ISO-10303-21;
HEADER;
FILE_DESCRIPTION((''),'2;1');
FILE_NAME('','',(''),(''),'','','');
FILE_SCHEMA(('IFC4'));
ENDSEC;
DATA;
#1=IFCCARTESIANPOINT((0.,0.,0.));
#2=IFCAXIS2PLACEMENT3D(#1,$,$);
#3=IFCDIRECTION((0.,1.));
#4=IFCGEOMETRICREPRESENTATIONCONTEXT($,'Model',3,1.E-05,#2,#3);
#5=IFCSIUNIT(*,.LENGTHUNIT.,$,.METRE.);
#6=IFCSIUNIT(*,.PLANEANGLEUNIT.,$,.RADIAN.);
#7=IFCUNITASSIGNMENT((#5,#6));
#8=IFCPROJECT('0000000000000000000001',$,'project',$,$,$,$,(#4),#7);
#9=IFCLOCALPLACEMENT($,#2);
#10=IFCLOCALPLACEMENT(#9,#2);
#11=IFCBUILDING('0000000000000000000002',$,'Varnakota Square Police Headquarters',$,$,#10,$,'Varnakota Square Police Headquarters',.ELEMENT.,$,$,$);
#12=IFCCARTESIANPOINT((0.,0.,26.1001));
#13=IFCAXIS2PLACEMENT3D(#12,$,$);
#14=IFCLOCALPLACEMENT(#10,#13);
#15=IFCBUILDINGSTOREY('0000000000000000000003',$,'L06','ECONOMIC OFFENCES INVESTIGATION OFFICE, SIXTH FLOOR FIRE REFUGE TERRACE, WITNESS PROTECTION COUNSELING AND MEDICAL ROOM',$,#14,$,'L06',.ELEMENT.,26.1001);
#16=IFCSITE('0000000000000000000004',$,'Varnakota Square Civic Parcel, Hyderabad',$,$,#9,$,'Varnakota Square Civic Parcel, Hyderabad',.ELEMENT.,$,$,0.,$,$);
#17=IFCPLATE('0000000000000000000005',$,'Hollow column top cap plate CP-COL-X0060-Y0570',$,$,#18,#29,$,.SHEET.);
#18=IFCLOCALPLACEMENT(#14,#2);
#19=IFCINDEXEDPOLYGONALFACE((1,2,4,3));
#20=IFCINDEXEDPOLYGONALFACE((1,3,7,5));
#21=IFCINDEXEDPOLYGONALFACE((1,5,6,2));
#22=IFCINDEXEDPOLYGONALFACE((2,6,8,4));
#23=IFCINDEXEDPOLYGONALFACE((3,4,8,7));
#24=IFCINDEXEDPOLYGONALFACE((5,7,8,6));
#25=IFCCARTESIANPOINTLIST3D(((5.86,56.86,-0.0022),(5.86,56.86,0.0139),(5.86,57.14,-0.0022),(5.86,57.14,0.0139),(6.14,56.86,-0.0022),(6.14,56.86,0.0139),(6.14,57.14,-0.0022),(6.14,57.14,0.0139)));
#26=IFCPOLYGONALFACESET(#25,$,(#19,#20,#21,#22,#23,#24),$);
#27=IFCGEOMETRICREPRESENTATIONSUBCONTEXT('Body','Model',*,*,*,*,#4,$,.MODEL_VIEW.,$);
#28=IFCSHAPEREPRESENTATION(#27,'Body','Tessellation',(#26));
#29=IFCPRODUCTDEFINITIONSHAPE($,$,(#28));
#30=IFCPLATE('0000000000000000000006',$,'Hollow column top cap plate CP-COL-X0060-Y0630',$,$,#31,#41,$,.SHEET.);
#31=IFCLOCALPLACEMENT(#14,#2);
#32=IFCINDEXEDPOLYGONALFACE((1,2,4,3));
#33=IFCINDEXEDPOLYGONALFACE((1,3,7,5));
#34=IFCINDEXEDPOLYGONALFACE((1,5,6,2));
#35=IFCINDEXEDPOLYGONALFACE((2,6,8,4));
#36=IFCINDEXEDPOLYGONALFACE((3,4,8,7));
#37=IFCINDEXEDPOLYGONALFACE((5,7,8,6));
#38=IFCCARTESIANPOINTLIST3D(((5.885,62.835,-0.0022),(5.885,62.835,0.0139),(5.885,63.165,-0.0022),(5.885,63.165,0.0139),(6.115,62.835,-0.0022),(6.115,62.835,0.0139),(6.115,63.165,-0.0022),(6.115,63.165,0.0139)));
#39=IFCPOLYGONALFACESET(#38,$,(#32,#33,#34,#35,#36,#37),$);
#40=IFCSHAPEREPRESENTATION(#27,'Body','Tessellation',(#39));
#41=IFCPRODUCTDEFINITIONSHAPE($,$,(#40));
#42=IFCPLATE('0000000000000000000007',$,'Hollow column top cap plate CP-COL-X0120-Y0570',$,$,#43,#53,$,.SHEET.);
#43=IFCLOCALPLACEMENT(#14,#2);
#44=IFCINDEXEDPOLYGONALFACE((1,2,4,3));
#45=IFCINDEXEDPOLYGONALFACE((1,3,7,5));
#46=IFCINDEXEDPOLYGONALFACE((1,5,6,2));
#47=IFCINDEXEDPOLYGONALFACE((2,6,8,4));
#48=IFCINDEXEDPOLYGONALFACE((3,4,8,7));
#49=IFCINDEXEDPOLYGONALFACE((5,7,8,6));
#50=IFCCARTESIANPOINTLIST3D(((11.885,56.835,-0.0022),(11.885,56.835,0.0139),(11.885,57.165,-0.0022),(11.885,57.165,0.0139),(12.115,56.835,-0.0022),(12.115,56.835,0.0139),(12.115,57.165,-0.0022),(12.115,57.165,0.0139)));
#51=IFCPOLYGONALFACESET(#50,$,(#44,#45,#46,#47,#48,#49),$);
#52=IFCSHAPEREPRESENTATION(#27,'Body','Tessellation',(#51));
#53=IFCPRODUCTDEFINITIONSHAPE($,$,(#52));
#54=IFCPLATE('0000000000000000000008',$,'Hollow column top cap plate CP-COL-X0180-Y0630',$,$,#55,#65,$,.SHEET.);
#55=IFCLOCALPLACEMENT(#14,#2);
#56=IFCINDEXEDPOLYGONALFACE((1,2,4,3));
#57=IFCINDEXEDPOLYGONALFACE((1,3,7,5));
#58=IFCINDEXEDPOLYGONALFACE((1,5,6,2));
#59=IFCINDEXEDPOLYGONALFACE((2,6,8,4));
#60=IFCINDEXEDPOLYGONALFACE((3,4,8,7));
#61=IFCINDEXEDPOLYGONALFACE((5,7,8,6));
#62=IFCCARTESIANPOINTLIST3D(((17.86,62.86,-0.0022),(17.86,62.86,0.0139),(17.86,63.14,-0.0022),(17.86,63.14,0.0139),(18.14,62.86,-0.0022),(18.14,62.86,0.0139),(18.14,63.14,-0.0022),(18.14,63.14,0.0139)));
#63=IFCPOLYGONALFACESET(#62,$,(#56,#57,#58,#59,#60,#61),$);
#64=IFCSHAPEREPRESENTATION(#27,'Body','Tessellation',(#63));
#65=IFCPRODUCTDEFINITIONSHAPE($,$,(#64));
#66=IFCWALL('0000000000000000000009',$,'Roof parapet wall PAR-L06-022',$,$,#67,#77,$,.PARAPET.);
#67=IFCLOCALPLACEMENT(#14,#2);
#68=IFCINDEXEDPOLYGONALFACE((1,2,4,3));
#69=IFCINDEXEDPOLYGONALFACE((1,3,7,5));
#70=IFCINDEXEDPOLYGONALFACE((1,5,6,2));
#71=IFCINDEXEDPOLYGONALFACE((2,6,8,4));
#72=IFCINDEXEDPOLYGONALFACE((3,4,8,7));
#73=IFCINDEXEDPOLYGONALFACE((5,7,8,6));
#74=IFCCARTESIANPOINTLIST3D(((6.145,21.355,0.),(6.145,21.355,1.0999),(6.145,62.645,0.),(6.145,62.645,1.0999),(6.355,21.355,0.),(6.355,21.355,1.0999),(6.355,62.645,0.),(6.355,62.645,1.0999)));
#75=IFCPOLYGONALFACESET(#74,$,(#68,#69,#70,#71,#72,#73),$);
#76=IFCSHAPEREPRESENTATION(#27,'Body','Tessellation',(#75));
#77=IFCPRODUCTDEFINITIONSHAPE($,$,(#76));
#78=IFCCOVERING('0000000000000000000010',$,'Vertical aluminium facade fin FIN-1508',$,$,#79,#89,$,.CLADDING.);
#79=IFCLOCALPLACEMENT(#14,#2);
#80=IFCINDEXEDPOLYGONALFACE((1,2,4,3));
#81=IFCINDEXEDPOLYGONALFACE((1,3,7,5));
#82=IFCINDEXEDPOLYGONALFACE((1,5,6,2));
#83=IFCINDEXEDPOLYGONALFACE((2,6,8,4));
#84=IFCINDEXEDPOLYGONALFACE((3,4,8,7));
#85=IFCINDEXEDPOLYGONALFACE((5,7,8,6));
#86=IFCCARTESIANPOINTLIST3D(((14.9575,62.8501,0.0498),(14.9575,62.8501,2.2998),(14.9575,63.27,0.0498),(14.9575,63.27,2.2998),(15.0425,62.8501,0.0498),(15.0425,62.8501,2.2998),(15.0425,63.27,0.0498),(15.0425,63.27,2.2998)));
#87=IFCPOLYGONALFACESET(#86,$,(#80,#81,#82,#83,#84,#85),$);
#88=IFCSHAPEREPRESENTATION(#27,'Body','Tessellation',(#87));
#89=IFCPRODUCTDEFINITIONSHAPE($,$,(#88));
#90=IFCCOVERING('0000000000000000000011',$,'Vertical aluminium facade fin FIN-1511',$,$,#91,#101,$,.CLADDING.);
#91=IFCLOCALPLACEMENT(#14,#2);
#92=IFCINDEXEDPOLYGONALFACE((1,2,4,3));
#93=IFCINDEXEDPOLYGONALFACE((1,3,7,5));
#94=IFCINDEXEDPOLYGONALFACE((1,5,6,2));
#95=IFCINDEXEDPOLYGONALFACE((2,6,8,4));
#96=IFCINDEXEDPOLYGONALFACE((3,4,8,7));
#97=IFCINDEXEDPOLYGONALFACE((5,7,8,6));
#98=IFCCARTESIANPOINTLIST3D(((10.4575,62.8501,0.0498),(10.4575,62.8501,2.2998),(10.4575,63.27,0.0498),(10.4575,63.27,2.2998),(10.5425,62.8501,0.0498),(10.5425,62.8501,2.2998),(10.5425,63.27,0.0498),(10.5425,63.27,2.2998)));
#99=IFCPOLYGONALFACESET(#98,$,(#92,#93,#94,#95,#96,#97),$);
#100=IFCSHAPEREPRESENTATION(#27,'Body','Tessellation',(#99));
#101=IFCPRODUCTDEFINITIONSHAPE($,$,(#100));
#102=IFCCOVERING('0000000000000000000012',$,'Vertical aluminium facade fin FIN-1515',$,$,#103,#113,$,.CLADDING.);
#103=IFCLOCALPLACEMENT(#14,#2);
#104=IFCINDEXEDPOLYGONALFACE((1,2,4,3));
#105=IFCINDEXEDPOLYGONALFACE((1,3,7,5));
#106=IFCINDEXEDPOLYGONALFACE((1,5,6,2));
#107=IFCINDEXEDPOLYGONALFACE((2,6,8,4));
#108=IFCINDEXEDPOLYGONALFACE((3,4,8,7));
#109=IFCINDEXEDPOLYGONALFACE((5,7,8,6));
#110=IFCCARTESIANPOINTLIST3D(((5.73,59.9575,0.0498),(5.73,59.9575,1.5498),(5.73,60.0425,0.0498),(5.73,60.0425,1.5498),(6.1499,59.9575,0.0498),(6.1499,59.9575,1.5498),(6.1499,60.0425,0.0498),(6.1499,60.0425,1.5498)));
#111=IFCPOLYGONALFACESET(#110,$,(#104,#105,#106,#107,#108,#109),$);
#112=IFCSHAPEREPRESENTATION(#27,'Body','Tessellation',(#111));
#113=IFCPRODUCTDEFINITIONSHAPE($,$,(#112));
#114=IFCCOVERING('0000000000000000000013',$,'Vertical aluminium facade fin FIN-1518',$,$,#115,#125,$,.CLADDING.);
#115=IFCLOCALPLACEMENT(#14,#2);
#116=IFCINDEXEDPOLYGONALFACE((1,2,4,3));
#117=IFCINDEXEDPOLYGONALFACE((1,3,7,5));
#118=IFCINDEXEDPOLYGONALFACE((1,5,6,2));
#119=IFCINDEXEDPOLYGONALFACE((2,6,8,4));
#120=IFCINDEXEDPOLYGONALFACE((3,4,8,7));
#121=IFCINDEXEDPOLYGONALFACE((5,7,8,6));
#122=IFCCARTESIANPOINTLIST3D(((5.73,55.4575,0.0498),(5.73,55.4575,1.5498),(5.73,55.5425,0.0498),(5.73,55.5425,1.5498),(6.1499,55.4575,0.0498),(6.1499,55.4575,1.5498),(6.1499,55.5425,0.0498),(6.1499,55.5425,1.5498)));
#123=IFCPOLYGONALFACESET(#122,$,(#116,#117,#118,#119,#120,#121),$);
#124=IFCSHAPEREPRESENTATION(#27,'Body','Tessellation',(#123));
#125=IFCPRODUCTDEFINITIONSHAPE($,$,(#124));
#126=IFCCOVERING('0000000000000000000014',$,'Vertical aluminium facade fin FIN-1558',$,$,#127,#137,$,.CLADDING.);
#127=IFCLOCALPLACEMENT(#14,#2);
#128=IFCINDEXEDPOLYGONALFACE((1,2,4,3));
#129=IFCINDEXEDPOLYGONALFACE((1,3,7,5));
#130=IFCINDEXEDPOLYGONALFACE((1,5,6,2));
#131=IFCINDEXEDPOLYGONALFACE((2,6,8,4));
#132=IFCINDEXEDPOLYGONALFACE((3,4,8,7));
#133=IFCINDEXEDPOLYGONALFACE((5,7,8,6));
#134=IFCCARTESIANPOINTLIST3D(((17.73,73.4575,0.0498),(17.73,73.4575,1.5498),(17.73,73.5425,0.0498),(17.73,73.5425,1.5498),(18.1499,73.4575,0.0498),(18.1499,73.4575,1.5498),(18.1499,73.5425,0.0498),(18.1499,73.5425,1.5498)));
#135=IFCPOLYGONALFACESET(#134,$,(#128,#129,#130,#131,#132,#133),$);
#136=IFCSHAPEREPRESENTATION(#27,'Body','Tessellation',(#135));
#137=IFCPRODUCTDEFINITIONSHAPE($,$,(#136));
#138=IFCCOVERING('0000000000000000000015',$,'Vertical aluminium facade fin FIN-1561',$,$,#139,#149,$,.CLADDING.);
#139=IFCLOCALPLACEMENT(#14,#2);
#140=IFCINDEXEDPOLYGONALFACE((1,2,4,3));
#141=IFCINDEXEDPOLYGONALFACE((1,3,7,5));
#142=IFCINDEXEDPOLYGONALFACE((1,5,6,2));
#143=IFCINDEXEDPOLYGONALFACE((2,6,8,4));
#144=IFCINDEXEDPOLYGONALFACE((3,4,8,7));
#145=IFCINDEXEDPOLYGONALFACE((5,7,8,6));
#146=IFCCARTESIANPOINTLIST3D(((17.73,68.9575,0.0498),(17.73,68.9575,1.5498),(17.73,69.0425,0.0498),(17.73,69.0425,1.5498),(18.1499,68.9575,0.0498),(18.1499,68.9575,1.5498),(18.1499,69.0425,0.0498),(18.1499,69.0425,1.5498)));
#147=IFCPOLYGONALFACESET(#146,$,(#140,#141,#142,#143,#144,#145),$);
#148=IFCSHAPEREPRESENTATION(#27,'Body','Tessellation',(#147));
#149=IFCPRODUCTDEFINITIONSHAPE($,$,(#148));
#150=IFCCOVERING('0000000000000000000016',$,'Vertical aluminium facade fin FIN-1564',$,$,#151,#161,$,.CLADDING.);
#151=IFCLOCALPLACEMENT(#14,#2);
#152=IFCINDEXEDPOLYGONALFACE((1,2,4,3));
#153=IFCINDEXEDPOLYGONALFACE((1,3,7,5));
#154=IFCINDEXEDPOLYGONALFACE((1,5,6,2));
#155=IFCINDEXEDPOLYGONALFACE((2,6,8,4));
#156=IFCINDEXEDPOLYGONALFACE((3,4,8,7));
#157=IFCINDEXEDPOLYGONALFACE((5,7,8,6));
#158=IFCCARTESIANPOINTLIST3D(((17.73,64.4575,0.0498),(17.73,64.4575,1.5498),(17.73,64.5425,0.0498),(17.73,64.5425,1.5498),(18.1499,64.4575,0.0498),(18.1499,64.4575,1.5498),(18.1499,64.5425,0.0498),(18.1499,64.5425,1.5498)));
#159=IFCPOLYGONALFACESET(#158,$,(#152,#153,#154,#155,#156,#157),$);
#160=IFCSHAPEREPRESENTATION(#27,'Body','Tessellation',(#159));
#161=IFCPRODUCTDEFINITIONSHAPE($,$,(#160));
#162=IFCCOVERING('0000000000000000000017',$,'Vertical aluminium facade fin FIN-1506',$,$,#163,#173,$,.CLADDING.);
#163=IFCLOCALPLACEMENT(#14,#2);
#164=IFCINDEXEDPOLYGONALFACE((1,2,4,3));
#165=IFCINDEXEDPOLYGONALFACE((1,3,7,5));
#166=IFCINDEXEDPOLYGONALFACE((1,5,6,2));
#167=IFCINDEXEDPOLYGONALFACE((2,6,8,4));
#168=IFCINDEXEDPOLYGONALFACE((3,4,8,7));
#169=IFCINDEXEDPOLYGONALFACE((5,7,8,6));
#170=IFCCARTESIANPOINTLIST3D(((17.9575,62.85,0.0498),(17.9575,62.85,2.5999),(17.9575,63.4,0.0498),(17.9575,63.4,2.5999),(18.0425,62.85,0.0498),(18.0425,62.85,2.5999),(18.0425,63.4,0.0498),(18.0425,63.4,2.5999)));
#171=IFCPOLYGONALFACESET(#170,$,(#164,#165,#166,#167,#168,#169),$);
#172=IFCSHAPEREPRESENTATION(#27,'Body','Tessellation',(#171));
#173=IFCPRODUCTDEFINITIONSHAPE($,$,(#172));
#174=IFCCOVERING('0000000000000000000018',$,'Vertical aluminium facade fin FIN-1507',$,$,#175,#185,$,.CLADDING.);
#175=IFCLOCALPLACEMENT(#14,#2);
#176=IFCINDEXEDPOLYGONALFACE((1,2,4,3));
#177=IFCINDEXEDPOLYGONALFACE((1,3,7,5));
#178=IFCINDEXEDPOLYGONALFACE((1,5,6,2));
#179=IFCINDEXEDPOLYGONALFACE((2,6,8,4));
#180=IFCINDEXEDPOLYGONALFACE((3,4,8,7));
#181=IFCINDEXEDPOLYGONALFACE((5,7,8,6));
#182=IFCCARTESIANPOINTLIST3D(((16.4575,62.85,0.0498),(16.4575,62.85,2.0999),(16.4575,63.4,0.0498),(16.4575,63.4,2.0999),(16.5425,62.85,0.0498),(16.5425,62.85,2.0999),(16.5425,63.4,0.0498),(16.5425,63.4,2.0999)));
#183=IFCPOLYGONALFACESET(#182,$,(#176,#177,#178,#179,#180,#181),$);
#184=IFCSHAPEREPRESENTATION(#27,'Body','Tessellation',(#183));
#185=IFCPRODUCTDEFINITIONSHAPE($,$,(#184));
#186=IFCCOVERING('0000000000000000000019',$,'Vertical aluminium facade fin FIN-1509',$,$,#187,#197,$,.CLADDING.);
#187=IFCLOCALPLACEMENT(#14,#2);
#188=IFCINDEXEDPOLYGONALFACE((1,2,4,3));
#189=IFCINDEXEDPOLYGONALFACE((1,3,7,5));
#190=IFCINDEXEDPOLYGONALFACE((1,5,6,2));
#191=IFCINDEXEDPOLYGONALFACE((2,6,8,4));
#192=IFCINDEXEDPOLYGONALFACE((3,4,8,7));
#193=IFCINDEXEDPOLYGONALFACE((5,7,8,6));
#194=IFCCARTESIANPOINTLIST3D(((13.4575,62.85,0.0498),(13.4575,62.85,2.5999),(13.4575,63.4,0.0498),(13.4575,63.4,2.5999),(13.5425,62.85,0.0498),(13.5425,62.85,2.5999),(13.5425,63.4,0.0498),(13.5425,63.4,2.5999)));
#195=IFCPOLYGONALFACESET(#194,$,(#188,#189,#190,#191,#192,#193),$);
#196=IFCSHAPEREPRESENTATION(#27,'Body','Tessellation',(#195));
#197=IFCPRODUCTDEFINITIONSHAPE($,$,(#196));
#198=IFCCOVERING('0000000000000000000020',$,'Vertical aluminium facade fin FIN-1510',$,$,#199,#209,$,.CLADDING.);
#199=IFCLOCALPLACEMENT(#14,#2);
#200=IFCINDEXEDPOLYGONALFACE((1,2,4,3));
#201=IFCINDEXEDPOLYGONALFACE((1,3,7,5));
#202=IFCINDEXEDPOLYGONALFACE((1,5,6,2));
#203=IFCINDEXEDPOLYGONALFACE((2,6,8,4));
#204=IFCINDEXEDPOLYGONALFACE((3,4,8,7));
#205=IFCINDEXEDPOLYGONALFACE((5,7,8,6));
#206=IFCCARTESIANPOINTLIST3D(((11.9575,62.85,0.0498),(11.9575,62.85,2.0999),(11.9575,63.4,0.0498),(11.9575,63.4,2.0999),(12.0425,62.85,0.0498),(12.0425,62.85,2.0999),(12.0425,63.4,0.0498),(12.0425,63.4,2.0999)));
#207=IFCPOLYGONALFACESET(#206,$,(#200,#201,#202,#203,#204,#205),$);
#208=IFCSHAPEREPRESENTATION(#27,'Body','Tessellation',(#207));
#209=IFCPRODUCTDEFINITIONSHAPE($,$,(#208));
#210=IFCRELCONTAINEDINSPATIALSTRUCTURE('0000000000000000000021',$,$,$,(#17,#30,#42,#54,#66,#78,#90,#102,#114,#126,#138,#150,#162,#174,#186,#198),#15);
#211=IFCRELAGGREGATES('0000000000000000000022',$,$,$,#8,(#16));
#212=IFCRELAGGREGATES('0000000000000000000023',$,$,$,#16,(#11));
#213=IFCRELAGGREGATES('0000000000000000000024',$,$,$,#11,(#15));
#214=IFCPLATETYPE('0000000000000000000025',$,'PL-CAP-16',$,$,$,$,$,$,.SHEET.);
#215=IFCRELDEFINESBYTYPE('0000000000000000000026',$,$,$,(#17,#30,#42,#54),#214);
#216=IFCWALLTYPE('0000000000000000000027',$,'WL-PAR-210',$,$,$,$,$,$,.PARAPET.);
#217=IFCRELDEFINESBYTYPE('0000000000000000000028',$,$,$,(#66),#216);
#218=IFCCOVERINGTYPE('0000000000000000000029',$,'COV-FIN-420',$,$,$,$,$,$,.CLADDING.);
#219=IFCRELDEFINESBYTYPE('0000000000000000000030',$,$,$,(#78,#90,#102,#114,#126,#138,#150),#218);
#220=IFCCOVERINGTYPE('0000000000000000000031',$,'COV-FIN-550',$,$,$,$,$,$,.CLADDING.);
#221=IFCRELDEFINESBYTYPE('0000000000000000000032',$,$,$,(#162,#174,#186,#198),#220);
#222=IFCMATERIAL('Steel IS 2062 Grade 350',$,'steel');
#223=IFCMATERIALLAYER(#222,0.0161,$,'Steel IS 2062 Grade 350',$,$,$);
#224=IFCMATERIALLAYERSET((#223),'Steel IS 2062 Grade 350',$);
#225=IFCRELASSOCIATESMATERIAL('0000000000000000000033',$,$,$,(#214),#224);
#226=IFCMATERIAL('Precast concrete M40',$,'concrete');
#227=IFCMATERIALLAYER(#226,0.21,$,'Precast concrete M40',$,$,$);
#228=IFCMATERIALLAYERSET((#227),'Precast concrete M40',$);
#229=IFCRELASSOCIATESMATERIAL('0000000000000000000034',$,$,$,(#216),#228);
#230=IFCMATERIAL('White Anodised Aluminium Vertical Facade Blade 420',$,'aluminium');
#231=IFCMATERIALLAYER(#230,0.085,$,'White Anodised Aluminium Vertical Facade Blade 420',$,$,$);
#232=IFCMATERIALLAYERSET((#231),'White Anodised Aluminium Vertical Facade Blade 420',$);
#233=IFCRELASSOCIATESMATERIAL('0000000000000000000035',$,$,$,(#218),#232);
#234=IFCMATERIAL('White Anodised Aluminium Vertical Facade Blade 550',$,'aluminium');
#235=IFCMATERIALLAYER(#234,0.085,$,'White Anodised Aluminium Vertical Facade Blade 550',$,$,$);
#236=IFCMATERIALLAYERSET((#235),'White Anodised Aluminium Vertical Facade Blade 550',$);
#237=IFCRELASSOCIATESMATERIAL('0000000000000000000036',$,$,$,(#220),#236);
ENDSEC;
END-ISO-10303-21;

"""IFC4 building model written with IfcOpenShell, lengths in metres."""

from ifc_helpers import new_model, si_unit, direction, frame, frame_2d, origin, origin_2d, place, context, subcontext, project, spatial, rectangle, extrude, material, layer, layer_set, type_object, element, save


model = new_model("IFC4")

# Units and contexts
model_context = context("Model", 3, precision=1e-05, world=origin(), true_north=direction((0.0, 1.0)))
body_context = subcontext(model_context, "Body", "Model", "MODEL_VIEW")
ifc_project = project(units=[si_unit("LENGTHUNIT", "METRE"), si_unit("PLANEANGLEUNIT", "RADIAN")], contexts=[model_context])

# Site, building, storey
site_placement = place(None, origin())
site = spatial("IfcSite", under=ifc_project, at=site_placement, Name="Varnakota Square Civic Parcel, Hyderabad", LongName="Varnakota Square Civic Parcel, Hyderabad", CompositionType="ELEMENT", RefElevation=0.0)
building_placement = place(site_placement, origin())
building = spatial("IfcBuilding", under=site, at=building_placement, Name="Varnakota Square Police Headquarters", LongName="Varnakota Square Police Headquarters", CompositionType="ELEMENT")
storey_placement = place(building_placement, frame((0.0, 0.0, 26.1001)))
storey = spatial("IfcBuildingStorey", under=building, at=storey_placement, Name="L06", Description="ECONOMIC OFFENCES INVESTIGATION OFFICE, SIXTH FLOOR FIRE REFUGE TERRACE, WITNESS PROTECTION COUNSELING AND MEDICAL ROOM", LongName="L06", CompositionType="ELEMENT", Elevation=26.1001)

# Plates
ifc_material_1 = material(Name="Steel IS 2062 Grade 350", Category="steel")
ifc_layer_1 = layer(ifc_material_1, 0.0161, Name="Steel IS 2062 Grade 350")
ifc_layer_set_1 = layer_set([ifc_layer_1], Name="Steel IS 2062 Grade 350")
plate_type = type_object("IfcPlateType", Name="PL-CAP-16", PredefinedType="SHEET", material=ifc_layer_set_1)
plate_1_placement = place(storey_placement, frame((6.0, 57.0, -0.0022), z_axis=(0.0, 0.0, 1.0), x_axis=(1.0, 0.0, 0.0)))
element("IfcPlate", 1, at=plate_1_placement, inside=storey, type_object=plate_type, Name="Hollow column top cap plate CP-COL-X0060-Y0570", PredefinedType="SHEET", context=body_context, shape_type="SweptSolid", body=[
    extrude(rectangle(XDim=0.28, YDim=0.28, at=origin_2d()), origin(), (0.0, 0.0, 1.0), 0.0161),
])
for number, where, z_axis, x_axis, name in (
    (2, (6.0, 63.0, -0.0022), (0.0, 0.0, 1.0), (1.0, 0.0, 0.0), "Hollow column top cap plate CP-COL-X0060-Y0630"),
    (3, (12.0, 57.0, -0.0022), (0.0, 0.0, 1.0), (1.0, 0.0, 0.0), "Hollow column top cap plate CP-COL-X0120-Y0570"),
):
    element("IfcPlate", number, at=place(storey_placement, frame(where, z_axis=z_axis, x_axis=x_axis)), inside=storey, type_object=plate_type, Name=name, PredefinedType="SHEET", context=body_context, shape_type="SweptSolid", body=[
        extrude(rectangle(XDim=0.23, YDim=0.3301, at=origin_2d()), origin(), (0.0, 0.0, 1.0), 0.0161),
    ])
plate_2_placement = place(storey_placement, frame((18.0, 63.0, -0.0022), z_axis=(0.0, 0.0, 1.0), x_axis=(1.0, 0.0, 0.0)))
element("IfcPlate", 4, at=plate_2_placement, inside=storey, type_object=plate_type, Name="Hollow column top cap plate CP-COL-X0180-Y0630", PredefinedType="SHEET", context=body_context, shape_type="SweptSolid", body=[
    extrude(rectangle(XDim=0.28, YDim=0.28, at=origin_2d()), origin(), (0.0, 0.0, 1.0), 0.0161),
])

# Wall
ifc_material_2 = material(Name="Precast concrete M40", Category="concrete")
ifc_layer_2 = layer(ifc_material_2, 0.21, Name="Precast concrete M40")
ifc_layer_set_2 = layer_set([ifc_layer_2], Name="Precast concrete M40")
wall_type = type_object("IfcWallType", Name="WL-PAR-210", PredefinedType="PARAPET", material=ifc_layer_set_2)
wall_placement = place(storey_placement, frame((6.25, 62.645, 0.0), z_axis=(0.0, 0.0, 1.0), x_axis=(0.0, -1.0, 0.0)))
element("IfcWall", 5, at=wall_placement, inside=storey, type_object=wall_type, Name="Roof parapet wall PAR-L06-022", PredefinedType="PARAPET", context=body_context, shape_type="SweptSolid", body=[
    extrude(rectangle(XDim=41.29, YDim=0.21, at=frame_2d((20.645, 0.0))), origin(), (0.0, 0.0, 1.0), 1.0999),
])

# Coverings
ifc_material_3 = material(Name="White Anodised Aluminium Vertical Facade Blade 420", Category="aluminium")
ifc_layer_3 = layer(ifc_material_3, 0.085, Name="White Anodised Aluminium Vertical Facade Blade 420")
ifc_layer_set_3 = layer_set([ifc_layer_3], Name="White Anodised Aluminium Vertical Facade Blade 420")
covering_type_1 = type_object("IfcCoveringType", Name="COV-FIN-420", PredefinedType="CLADDING", material=ifc_layer_set_3)
for number, where, z_axis, x_axis, name in (
    (6, (15.0, 63.0601, 0.0498), (0.0, 0.0, 1.0), (-1.0, 0.0, 0.0), "Vertical aluminium facade fin FIN-1508"),
    (7, (10.5, 63.0601, 0.0498), (0.0, 0.0, 1.0), (-1.0, 0.0, 0.0), "Vertical aluminium facade fin FIN-1511"),
):
    element("IfcCovering", number, at=place(storey_placement, frame(where, z_axis=z_axis, x_axis=x_axis)), inside=storey, type_object=covering_type_1, Name=name, PredefinedType="CLADDING", context=body_context, shape_type="SweptSolid", body=[
        extrude(rectangle(XDim=0.085, YDim=0.4199, at=origin_2d()), origin(), (0.0, 0.0, 1.0), 2.25),
    ])
for number, where, z_axis, x_axis, name in (
    (8, (5.9399, 60.0, 0.0498), (0.0, 0.0, 1.0), (0.0, -1.0, 0.0), "Vertical aluminium facade fin FIN-1515"),
    (9, (5.9399, 55.5, 0.0498), (0.0, 0.0, 1.0), (0.0, -1.0, 0.0), "Vertical aluminium facade fin FIN-1518"),
    (10, (17.9399, 73.5, 0.0498), (0.0, 0.0, 1.0), (0.0, -1.0, 0.0), "Vertical aluminium facade fin FIN-1558"),
    (11, (17.9399, 69.0, 0.0498), (0.0, 0.0, 1.0), (0.0, -1.0, 0.0), "Vertical aluminium facade fin FIN-1561"),
    (12, (17.9399, 64.5, 0.0498), (0.0, 0.0, 1.0), (0.0, -1.0, 0.0), "Vertical aluminium facade fin FIN-1564"),
):
    element("IfcCovering", number, at=place(storey_placement, frame(where, z_axis=z_axis, x_axis=x_axis)), inside=storey, type_object=covering_type_1, Name=name, PredefinedType="CLADDING", context=body_context, shape_type="SweptSolid", body=[
        extrude(rectangle(XDim=0.085, YDim=0.4199, at=origin_2d()), origin(), (0.0, 0.0, 1.0), 1.5),
    ])
ifc_material_4 = material(Name="White Anodised Aluminium Vertical Facade Blade 550", Category="aluminium")
ifc_layer_4 = layer(ifc_material_4, 0.085, Name="White Anodised Aluminium Vertical Facade Blade 550")
ifc_layer_set_4 = layer_set([ifc_layer_4], Name="White Anodised Aluminium Vertical Facade Blade 550")
covering_type_2 = type_object("IfcCoveringType", Name="COV-FIN-550", PredefinedType="CLADDING", material=ifc_layer_set_4)
covering_1_placement = place(storey_placement, frame((18.0, 63.125, 0.0498), z_axis=(0.0, 0.0, 1.0), x_axis=(-1.0, 0.0, 0.0)))
element("IfcCovering", 13, at=covering_1_placement, inside=storey, type_object=covering_type_2, Name="Vertical aluminium facade fin FIN-1506", PredefinedType="CLADDING", context=body_context, shape_type="SweptSolid", body=[
    extrude(rectangle(XDim=0.085, YDim=0.55, at=origin_2d()), origin(), (0.0, 0.0, 1.0), 2.55),
])
covering_2_placement = place(storey_placement, frame((16.5, 63.125, 0.0498), z_axis=(0.0, 0.0, 1.0), x_axis=(-1.0, 0.0, 0.0)))
element("IfcCovering", 14, at=covering_2_placement, inside=storey, type_object=covering_type_2, Name="Vertical aluminium facade fin FIN-1507", PredefinedType="CLADDING", context=body_context, shape_type="SweptSolid", body=[
    extrude(rectangle(XDim=0.085, YDim=0.55, at=origin_2d()), origin(), (0.0, 0.0, 1.0), 2.05),
])
covering_3_placement = place(storey_placement, frame((13.5, 63.125, 0.0498), z_axis=(0.0, 0.0, 1.0), x_axis=(-1.0, 0.0, 0.0)))
element("IfcCovering", 15, at=covering_3_placement, inside=storey, type_object=covering_type_2, Name="Vertical aluminium facade fin FIN-1509", PredefinedType="CLADDING", context=body_context, shape_type="SweptSolid", body=[
    extrude(rectangle(XDim=0.085, YDim=0.55, at=origin_2d()), origin(), (0.0, 0.0, 1.0), 2.55),
])
covering_4_placement = place(storey_placement, frame((12.0, 63.125, 0.0498), z_axis=(0.0, 0.0, 1.0), x_axis=(-1.0, 0.0, 0.0)))
element("IfcCovering", 16, at=covering_4_placement, inside=storey, type_object=covering_type_2, Name="Vertical aluminium facade fin FIN-1510", PredefinedType="CLADDING", context=body_context, shape_type="SweptSolid", body=[
    extrude(rectangle(XDim=0.085, YDim=0.55, at=origin_2d()), origin(), (0.0, 0.0, 1.0), 2.05),
])

save(model, "model.ifc")
